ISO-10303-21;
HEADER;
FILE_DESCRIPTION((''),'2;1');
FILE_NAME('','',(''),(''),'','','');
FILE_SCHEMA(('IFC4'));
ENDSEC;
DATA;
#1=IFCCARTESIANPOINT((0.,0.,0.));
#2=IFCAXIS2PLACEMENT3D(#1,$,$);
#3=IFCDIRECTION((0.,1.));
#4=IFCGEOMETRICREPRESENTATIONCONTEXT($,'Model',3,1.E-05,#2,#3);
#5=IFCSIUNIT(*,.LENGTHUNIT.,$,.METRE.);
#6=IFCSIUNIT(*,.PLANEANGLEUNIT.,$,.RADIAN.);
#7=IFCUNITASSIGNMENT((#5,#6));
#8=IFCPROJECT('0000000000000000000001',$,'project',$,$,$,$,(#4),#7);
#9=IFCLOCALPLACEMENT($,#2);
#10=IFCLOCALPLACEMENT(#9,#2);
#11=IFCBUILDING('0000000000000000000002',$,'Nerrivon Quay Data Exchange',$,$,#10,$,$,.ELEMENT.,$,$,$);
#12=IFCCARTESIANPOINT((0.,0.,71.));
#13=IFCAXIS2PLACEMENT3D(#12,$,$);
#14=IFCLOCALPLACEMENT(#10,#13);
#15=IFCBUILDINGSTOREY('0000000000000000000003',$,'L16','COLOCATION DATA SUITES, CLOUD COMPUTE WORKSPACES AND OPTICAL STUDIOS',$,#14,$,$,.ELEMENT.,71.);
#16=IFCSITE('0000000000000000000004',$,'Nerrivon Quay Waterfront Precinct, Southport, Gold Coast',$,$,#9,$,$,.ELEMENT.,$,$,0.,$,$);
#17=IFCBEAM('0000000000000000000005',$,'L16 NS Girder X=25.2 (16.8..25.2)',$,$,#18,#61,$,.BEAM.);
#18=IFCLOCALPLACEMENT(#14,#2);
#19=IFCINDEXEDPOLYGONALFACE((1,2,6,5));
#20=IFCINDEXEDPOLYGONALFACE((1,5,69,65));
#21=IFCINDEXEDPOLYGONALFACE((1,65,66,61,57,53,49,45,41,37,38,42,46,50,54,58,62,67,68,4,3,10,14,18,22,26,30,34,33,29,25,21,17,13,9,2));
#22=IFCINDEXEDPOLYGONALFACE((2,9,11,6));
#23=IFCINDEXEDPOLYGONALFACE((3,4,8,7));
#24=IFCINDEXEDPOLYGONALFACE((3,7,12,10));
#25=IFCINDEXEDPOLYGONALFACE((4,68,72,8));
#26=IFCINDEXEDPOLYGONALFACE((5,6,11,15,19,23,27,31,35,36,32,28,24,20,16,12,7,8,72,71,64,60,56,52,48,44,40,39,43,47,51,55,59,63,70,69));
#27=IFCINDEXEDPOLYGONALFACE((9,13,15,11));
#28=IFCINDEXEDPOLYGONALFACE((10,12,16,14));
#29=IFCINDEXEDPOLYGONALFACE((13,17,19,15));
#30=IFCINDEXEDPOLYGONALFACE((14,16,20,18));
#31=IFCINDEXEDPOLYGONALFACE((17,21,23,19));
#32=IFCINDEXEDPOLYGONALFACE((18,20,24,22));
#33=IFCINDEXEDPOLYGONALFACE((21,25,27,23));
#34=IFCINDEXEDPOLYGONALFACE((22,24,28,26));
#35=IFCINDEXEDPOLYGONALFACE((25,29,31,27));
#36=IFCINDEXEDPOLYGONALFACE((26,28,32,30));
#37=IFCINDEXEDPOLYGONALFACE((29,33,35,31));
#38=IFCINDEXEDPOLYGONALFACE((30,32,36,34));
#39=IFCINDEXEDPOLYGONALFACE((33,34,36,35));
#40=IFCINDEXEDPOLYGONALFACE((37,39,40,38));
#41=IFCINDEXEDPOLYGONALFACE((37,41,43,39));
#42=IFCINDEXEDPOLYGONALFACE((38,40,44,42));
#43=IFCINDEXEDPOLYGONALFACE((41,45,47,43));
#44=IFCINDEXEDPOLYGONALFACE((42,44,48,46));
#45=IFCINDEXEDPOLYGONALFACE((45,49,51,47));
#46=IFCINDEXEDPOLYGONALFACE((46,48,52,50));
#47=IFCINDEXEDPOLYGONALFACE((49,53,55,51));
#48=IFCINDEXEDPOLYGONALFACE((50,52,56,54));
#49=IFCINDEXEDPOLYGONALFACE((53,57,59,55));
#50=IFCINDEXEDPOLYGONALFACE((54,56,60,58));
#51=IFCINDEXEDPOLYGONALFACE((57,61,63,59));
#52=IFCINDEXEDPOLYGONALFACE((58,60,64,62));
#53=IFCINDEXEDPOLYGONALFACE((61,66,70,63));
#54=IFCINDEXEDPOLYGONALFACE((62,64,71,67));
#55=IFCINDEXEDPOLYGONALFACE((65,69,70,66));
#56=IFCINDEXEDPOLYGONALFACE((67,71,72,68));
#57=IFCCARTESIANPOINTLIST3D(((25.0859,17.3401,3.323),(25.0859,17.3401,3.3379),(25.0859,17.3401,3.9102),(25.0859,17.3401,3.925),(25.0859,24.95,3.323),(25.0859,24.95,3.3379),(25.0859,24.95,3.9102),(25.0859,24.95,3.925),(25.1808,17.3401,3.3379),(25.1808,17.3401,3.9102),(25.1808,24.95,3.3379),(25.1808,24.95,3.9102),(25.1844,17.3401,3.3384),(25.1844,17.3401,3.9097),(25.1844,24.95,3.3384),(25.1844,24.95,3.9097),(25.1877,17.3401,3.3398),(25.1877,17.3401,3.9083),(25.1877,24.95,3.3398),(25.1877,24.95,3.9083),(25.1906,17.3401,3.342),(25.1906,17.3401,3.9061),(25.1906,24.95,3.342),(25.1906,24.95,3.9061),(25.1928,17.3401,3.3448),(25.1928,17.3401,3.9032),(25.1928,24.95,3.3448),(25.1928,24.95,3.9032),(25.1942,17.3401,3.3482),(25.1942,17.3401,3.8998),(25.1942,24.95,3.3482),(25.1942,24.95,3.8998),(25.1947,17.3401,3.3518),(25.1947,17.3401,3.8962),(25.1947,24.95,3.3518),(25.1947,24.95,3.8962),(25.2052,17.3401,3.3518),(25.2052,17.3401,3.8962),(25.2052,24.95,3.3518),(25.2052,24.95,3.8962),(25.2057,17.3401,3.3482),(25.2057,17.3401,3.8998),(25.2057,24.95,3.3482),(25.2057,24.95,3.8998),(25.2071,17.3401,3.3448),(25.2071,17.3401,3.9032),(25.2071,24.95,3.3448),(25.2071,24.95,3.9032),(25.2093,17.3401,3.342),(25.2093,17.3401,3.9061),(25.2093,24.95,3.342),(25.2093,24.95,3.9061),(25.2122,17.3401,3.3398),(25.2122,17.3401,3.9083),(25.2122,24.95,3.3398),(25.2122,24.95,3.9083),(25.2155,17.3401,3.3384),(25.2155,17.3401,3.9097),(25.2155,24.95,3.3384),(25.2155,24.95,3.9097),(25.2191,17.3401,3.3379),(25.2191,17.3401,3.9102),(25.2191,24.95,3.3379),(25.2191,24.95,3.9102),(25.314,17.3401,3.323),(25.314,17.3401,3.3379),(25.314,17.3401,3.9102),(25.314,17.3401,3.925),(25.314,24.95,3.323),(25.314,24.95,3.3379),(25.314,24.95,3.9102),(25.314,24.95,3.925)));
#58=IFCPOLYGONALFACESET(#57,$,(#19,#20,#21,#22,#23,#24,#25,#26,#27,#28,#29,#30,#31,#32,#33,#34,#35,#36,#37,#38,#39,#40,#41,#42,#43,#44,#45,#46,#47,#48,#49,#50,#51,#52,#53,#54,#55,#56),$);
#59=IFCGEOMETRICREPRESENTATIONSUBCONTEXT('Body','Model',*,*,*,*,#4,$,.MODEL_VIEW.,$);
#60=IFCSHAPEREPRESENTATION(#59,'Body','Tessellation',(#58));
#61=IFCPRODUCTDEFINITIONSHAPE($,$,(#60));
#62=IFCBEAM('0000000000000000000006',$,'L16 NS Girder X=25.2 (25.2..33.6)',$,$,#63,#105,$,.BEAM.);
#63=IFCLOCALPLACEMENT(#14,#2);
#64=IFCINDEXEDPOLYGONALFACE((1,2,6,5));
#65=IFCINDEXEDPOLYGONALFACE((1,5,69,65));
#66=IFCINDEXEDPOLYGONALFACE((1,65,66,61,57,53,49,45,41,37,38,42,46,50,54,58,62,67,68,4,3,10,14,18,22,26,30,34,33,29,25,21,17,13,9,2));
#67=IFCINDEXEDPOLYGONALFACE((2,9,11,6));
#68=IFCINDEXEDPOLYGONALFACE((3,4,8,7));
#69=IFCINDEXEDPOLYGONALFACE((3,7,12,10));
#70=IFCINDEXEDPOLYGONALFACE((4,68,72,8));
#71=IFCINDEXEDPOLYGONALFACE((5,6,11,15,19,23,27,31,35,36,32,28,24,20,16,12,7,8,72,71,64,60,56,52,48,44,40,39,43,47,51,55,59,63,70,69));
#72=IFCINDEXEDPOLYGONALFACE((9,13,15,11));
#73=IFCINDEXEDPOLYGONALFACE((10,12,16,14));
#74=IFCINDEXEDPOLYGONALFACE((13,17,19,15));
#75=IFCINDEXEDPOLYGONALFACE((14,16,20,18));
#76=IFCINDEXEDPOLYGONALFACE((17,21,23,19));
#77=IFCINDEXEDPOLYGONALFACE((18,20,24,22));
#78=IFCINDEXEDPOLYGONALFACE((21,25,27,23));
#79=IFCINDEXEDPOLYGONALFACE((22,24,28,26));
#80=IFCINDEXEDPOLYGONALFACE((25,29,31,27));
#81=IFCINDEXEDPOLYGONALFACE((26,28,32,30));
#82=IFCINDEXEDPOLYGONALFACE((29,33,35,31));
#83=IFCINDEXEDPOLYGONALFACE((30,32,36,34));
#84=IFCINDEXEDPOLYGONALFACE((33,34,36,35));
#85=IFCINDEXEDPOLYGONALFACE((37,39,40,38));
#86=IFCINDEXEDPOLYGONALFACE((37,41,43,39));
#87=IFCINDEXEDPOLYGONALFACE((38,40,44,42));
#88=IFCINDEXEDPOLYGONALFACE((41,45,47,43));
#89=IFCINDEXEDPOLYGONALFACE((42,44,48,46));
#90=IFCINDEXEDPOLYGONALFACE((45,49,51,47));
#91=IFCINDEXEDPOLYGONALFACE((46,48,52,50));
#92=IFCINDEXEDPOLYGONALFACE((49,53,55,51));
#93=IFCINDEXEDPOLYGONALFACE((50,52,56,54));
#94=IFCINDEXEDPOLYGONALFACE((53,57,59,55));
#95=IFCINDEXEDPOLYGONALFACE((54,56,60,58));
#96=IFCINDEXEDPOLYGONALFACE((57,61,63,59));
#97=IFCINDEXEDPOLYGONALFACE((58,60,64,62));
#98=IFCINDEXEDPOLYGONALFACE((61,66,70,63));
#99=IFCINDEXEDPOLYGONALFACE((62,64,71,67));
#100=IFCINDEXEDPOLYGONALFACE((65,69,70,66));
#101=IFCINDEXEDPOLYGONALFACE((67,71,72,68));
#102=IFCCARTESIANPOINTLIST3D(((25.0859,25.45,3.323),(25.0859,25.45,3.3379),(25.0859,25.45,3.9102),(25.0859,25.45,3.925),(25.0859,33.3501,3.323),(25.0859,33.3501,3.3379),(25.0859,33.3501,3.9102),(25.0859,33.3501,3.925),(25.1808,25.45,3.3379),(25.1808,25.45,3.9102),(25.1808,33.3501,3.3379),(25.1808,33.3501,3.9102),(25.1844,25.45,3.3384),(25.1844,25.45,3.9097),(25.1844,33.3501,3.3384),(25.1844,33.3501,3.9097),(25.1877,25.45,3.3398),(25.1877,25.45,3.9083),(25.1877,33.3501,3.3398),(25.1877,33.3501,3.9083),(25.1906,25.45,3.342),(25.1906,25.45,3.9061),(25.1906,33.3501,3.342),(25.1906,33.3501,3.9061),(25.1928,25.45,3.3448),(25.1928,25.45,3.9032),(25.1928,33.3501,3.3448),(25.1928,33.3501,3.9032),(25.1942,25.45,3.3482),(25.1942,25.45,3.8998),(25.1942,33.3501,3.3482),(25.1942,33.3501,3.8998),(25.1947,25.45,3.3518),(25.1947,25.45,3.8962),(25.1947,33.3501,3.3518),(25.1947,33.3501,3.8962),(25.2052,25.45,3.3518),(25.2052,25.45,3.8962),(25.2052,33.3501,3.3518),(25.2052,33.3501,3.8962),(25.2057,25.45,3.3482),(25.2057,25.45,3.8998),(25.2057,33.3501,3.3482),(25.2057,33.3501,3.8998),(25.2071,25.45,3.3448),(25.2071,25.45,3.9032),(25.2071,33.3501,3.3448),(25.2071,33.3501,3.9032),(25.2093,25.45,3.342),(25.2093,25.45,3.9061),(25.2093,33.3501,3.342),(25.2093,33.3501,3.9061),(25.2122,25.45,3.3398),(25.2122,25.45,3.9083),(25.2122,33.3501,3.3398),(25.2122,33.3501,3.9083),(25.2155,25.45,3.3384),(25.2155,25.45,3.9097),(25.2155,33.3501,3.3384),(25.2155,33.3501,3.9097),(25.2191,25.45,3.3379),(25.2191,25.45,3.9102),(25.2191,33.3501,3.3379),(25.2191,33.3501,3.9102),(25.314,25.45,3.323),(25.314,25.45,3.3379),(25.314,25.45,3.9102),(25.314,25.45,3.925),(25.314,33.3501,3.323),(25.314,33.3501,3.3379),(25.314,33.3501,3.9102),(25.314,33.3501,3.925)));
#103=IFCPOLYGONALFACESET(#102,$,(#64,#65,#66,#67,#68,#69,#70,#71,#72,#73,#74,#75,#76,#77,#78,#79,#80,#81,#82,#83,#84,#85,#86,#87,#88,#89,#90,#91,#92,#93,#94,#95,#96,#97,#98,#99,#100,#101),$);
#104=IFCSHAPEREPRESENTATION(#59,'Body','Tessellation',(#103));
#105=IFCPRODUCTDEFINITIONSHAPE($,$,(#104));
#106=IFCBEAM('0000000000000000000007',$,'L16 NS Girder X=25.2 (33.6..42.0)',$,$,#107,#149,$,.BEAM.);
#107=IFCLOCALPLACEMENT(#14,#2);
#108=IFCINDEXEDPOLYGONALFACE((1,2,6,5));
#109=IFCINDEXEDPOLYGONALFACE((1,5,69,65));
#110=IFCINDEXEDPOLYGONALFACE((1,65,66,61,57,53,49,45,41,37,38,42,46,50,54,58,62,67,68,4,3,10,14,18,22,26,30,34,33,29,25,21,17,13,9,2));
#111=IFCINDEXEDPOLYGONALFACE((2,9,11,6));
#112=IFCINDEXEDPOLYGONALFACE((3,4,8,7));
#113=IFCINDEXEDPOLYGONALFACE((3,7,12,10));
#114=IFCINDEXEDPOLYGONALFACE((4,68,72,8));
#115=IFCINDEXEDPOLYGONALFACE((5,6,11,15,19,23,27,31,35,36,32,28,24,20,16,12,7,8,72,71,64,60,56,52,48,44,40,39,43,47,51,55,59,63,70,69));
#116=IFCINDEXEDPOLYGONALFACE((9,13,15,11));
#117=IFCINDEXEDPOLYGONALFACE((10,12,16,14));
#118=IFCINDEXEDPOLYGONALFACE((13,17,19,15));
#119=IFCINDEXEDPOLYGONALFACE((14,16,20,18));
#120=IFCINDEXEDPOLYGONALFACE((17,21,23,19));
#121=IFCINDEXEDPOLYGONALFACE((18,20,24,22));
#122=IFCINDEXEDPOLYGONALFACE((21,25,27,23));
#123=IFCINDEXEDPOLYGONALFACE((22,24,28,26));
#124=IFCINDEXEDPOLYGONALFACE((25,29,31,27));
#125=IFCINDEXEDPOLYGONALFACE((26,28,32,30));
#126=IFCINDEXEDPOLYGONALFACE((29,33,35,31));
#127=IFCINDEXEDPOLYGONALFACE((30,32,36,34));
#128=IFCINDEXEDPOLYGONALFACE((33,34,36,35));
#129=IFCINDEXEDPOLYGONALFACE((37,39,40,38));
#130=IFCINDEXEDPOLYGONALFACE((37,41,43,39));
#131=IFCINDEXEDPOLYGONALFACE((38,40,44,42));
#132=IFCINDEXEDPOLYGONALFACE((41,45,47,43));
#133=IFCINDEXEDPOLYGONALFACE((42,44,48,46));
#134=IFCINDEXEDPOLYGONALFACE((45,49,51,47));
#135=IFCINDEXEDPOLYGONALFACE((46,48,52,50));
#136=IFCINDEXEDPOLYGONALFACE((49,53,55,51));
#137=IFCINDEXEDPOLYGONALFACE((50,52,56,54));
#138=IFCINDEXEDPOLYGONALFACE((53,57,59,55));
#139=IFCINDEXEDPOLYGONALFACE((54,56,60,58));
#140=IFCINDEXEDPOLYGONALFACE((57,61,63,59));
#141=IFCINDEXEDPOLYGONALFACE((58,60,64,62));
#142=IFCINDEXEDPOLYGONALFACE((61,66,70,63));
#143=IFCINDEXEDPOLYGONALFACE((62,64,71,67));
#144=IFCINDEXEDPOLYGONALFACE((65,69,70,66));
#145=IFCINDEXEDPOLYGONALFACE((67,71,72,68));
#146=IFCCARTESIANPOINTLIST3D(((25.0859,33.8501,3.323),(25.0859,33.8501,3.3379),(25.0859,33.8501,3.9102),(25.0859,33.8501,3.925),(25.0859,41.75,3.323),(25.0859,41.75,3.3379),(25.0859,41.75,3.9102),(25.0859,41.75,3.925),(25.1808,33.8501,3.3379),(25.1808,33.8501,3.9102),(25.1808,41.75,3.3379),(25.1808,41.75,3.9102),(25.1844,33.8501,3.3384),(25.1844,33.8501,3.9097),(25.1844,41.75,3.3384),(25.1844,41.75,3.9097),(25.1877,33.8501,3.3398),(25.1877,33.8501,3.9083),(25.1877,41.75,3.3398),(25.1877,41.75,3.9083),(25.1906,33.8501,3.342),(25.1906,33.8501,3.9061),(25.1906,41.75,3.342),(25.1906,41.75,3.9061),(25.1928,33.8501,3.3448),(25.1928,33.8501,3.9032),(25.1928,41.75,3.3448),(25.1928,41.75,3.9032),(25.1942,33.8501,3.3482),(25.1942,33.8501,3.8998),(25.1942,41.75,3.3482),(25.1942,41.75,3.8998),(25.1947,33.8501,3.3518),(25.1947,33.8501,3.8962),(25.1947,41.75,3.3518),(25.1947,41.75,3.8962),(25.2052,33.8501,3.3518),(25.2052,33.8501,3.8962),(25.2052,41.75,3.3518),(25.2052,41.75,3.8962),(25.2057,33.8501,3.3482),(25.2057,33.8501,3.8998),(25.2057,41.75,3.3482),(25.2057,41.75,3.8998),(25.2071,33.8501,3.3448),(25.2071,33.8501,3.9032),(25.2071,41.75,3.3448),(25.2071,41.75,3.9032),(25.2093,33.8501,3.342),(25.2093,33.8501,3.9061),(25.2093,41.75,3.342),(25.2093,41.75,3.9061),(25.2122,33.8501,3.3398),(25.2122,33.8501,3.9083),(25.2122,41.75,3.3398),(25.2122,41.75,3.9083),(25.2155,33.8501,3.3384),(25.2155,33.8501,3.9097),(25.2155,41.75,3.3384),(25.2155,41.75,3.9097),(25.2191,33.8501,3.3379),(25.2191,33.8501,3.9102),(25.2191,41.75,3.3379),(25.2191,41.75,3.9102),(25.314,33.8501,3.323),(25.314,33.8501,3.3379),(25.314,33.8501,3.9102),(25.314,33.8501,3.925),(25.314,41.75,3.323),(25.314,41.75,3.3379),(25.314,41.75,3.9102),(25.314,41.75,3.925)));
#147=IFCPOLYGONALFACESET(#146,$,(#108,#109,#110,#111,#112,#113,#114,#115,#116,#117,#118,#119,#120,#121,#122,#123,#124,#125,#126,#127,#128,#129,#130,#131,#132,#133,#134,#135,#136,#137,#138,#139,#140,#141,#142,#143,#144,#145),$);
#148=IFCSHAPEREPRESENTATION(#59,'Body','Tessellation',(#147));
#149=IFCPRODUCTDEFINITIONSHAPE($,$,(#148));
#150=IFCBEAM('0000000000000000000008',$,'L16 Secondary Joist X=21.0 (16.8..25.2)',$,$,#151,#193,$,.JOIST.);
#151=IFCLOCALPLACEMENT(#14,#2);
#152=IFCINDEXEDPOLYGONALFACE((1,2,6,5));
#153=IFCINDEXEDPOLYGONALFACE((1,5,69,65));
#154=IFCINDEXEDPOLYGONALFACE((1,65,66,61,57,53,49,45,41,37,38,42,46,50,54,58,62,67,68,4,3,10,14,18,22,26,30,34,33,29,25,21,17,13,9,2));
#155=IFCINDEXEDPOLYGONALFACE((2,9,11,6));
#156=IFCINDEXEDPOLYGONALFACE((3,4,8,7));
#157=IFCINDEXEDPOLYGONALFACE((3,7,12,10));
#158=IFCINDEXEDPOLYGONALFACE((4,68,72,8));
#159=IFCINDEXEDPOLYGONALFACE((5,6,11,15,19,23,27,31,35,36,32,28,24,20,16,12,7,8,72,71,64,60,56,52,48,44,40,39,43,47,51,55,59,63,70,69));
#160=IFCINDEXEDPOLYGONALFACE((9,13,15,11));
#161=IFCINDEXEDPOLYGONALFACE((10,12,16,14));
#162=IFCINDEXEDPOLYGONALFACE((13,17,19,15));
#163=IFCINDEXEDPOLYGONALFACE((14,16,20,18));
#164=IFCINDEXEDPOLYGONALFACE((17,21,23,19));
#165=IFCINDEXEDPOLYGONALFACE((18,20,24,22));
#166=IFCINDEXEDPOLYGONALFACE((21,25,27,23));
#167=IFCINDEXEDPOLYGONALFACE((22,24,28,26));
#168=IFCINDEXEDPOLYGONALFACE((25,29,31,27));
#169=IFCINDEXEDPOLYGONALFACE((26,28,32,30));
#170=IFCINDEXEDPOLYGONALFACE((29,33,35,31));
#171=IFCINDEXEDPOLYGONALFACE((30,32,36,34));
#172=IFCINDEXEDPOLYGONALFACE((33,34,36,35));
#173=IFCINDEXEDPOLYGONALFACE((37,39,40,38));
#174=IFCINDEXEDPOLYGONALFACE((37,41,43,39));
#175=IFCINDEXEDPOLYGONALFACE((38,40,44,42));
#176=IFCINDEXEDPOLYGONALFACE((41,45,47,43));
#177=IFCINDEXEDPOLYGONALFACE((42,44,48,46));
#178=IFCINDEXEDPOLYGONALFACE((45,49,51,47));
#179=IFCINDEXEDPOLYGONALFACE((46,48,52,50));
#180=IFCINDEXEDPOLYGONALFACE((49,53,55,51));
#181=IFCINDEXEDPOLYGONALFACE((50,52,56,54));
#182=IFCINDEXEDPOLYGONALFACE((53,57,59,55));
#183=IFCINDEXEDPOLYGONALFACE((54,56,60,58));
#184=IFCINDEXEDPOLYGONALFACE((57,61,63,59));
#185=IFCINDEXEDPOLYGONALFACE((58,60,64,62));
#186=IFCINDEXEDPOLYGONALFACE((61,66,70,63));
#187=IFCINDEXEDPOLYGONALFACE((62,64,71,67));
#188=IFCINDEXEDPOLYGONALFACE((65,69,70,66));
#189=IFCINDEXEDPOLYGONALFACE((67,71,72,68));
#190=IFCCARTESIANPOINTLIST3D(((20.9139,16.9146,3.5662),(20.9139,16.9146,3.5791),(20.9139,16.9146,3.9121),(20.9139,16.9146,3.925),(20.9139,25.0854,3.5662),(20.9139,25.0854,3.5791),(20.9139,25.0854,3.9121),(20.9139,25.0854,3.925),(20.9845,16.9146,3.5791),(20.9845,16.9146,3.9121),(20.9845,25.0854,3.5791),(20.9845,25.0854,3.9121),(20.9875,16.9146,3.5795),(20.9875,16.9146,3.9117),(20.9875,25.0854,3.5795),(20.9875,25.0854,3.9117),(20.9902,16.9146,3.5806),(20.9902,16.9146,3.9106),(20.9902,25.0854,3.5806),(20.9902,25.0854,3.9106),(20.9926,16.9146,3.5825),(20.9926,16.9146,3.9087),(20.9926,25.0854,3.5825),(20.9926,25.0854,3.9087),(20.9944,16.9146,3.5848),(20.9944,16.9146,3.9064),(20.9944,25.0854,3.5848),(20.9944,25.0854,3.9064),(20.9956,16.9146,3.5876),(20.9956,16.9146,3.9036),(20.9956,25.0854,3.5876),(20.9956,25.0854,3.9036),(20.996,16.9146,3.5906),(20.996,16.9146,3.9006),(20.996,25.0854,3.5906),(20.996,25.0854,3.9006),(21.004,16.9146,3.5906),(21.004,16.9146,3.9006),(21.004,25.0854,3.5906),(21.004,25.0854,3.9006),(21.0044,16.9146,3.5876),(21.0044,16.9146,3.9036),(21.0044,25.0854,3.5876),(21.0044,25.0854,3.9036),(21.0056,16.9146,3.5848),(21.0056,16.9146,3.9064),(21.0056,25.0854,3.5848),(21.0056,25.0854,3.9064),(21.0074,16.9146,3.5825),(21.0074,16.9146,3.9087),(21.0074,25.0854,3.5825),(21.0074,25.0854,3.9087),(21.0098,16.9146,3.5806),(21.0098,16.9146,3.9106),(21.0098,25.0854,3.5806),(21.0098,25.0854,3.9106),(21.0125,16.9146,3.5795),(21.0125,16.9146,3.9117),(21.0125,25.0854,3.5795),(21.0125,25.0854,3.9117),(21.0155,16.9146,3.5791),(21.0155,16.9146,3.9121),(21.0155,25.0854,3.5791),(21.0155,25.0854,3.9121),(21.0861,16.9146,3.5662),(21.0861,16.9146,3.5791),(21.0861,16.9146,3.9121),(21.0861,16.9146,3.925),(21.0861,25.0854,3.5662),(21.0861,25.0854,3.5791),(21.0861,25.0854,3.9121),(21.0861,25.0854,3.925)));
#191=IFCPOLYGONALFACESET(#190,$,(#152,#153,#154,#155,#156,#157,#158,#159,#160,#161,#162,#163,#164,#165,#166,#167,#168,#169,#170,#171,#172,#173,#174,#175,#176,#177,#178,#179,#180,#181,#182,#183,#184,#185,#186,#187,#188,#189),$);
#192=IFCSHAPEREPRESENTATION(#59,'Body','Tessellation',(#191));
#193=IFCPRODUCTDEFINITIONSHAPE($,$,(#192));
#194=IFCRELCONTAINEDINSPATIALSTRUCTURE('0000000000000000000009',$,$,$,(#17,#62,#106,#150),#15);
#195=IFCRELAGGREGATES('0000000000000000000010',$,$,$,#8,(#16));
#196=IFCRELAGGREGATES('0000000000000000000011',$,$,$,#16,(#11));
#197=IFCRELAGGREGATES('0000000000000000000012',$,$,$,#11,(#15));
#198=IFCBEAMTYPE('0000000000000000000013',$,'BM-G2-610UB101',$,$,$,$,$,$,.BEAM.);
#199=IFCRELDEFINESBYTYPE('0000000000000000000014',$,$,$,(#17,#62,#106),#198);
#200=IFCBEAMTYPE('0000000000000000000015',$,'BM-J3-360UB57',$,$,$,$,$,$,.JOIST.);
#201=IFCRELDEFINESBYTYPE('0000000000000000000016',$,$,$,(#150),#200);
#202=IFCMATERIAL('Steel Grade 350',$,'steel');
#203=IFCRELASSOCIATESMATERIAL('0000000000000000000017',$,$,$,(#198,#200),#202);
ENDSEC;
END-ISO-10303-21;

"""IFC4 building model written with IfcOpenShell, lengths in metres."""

from ifc_helpers import new_model, si_unit, direction, frame, origin, origin_2d, place, context, subcontext, project, spatial, i_section, extrude, material, material_profile, profile_set, type_object, element, save


model = new_model("IFC4")

# Units and contexts
model_context = context("Model", 3, precision=1e-05, world=origin(), true_north=direction((0.0, 1.0)))
body_context = subcontext(model_context, "Body", "Model", "MODEL_VIEW")
ifc_project = project(units=[si_unit("LENGTHUNIT", "METRE"), si_unit("PLANEANGLEUNIT", "RADIAN")], contexts=[model_context])

# Site, building, storey
site_placement = place(None, origin())
site = spatial("IfcSite", under=ifc_project, at=site_placement, Name="Nerrivon Quay Waterfront Precinct, Southport, Gold Coast", CompositionType="ELEMENT", RefElevation=0.0)
building_placement = place(site_placement, origin())
building = spatial("IfcBuilding", under=site, at=building_placement, Name="Nerrivon Quay Data Exchange", CompositionType="ELEMENT")
storey_placement = place(building_placement, frame((0.0, 0.0, 71.0)))
storey = spatial("IfcBuildingStorey", under=building, at=storey_placement, Name="L16", Description="COLOCATION DATA SUITES, CLOUD COMPUTE WORKSPACES AND OPTICAL STUDIOS", CompositionType="ELEMENT", Elevation=71.0)

# Shared definitions
ifc_material_1 = material(Name="Steel Grade 350", Category="steel")

# Beams
ifc_material_profile_1 = material_profile(ifc_material_1, i_section(OverallWidth=0.228, OverallDepth=0.6021, WebThickness=0.0105, FlangeThickness=0.0149, FilletRadius=0.0139, at=origin_2d()), Name="610UB101")
ifc_profile_set_1 = profile_set([ifc_material_profile_1], Name="Steel Grade 350")
beam_type_1 = type_object("IfcBeamType", Name="BM-G2-610UB101", PredefinedType="BEAM", material=ifc_profile_set_1)
beam_1_placement = place(storey_placement, frame((25.2, 17.3401, 3.624), z_axis=(0.0, 1.0, 0.0), x_axis=(-1.0, 0.0, 0.0)))
element("IfcBeam", 1, at=beam_1_placement, inside=storey, type_object=beam_type_1, Name="L16 NS Girder X=25.2 (16.8..25.2)", PredefinedType="BEAM", context=body_context, shape_type="SweptSolid", body=[
    extrude(i_section(OverallWidth=0.228, OverallDepth=0.6021, WebThickness=0.0105, FlangeThickness=0.0149, FilletRadius=0.0139, at=origin_2d()), origin(), (0.0, 0.0, 1.0), 7.6099),
])
beam_2_placement = place(storey_placement, frame((25.2, 25.45, 3.624), z_axis=(0.0, 1.0, 0.0), x_axis=(-1.0, 0.0, 0.0)))
element("IfcBeam", 2, at=beam_2_placement, inside=storey, type_object=beam_type_1, Name="L16 NS Girder X=25.2 (25.2..33.6)", PredefinedType="BEAM", context=body_context, shape_type="SweptSolid", body=[
    extrude(i_section(OverallWidth=0.228, OverallDepth=0.6021, WebThickness=0.0105, FlangeThickness=0.0149, FilletRadius=0.0139, at=origin_2d()), origin(), (0.0, 0.0, 1.0), 7.9001),
])
beam_3_placement = place(storey_placement, frame((25.2, 33.8501, 3.624), z_axis=(0.0, 1.0, 0.0), x_axis=(-1.0, 0.0, 0.0)))
element("IfcBeam", 3, at=beam_3_placement, inside=storey, type_object=beam_type_1, Name="L16 NS Girder X=25.2 (33.6..42.0)", PredefinedType="BEAM", context=body_context, shape_type="SweptSolid", body=[
    extrude(i_section(OverallWidth=0.228, OverallDepth=0.6021, WebThickness=0.0105, FlangeThickness=0.0149, FilletRadius=0.0139, at=origin_2d()), origin(), (0.0, 0.0, 1.0), 7.8999),
])
ifc_material_profile_2 = material_profile(ifc_material_1, i_section(OverallWidth=0.1721, OverallDepth=0.3589, WebThickness=0.0081, FlangeThickness=0.0129, FilletRadius=0.0115, at=origin_2d()), Name="360UB56.7")
ifc_profile_set_2 = profile_set([ifc_material_profile_2], Name="Steel Grade 350")
beam_type_2 = type_object("IfcBeamType", Name="BM-J3-360UB57", PredefinedType="JOIST", material=ifc_profile_set_2)
beam_4_placement = place(storey_placement, frame((21.0, 16.9146, 3.7456), z_axis=(0.0, 1.0, 0.0), x_axis=(-1.0, 0.0, 0.0)))
element("IfcBeam", 4, at=beam_4_placement, inside=storey, type_object=beam_type_2, Name="L16 Secondary Joist X=21.0 (16.8..25.2)", PredefinedType="JOIST", context=body_context, shape_type="SweptSolid", body=[
    extrude(i_section(OverallWidth=0.1721, OverallDepth=0.3589, WebThickness=0.0081, FlangeThickness=0.0129, FilletRadius=0.0115, at=origin_2d()), origin(), (0.0, 0.0, 1.0), 8.1709),
])

save(model, "model.ifc")
